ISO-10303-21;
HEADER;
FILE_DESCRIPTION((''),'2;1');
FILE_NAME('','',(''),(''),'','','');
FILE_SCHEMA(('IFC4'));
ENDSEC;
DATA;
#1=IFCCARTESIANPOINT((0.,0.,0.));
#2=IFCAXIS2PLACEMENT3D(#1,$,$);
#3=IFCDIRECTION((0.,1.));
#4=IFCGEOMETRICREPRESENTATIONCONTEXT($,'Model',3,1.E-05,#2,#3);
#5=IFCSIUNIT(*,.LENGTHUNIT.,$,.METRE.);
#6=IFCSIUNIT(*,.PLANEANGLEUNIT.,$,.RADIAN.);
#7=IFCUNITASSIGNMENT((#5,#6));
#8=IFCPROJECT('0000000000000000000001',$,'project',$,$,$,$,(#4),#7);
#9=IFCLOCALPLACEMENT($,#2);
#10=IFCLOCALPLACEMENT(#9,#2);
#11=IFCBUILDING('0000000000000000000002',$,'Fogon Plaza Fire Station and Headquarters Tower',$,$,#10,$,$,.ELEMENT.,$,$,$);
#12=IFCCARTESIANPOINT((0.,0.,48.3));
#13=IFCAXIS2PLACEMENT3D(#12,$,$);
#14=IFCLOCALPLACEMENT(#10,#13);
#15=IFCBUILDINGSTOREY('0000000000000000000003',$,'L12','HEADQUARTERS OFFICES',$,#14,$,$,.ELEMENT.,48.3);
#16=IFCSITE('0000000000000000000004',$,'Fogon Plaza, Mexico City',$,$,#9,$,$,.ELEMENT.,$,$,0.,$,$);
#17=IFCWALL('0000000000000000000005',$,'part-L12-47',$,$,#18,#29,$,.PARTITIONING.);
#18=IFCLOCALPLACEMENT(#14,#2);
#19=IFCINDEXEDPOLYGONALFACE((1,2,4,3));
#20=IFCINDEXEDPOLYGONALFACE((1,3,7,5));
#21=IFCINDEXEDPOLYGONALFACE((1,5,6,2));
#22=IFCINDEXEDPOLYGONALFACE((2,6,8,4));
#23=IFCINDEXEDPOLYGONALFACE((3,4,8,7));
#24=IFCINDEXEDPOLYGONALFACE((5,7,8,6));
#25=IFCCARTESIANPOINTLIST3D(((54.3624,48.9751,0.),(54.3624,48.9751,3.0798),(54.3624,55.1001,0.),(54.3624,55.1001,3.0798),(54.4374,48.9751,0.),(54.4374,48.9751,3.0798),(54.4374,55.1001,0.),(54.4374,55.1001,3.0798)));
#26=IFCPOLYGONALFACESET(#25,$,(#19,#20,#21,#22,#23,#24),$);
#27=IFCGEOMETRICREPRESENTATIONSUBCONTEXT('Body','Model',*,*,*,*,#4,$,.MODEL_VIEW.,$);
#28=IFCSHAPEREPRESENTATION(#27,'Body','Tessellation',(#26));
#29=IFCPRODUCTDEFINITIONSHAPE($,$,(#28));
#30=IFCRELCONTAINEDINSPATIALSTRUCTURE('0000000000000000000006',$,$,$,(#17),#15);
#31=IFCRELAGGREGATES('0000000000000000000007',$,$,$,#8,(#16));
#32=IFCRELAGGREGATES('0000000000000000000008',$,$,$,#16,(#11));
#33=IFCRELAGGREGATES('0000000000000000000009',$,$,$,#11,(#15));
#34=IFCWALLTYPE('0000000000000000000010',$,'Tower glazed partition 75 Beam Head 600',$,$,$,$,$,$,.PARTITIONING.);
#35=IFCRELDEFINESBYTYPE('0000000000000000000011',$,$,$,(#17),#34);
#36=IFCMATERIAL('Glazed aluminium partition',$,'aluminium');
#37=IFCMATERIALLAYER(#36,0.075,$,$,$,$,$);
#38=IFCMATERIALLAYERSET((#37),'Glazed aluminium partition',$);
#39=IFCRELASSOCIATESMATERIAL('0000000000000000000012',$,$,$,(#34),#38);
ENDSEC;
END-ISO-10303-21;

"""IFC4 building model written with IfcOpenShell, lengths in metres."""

from ifc_helpers import new_model, si_unit, direction, frame, frame_2d, origin, place, context, subcontext, project, spatial, rectangle, extrude, material, layer, layer_set, type_object, element, save


model = new_model("IFC4")

# Units and contexts
model_context = context("Model", 3, precision=1e-05, world=origin(), true_north=direction((0.0, 1.0)))
body_context = subcontext(model_context, "Body", "Model", "MODEL_VIEW")
ifc_project = project(units=[si_unit("LENGTHUNIT", "METRE"), si_unit("PLANEANGLEUNIT", "RADIAN")], contexts=[model_context])

# Site, building, storey
site_placement = place(None, origin())
site = spatial("IfcSite", under=ifc_project, at=site_placement, Name="Fogon Plaza, Mexico City", CompositionType="ELEMENT", RefElevation=0.0)
building_placement = place(site_placement, origin())
building = spatial("IfcBuilding", under=site, at=building_placement, Name="Fogon Plaza Fire Station and Headquarters Tower", CompositionType="ELEMENT")
storey_placement = place(building_placement, frame((0.0, 0.0, 48.3)))
storey = spatial("IfcBuildingStorey", under=building, at=storey_placement, Name="L12", Description="HEADQUARTERS OFFICES", CompositionType="ELEMENT", Elevation=48.3)

# Wall
ifc_material_1 = material(Name="Glazed aluminium partition", Category="aluminium")
ifc_layer_1 = layer(ifc_material_1, 0.075)
ifc_layer_set_1 = layer_set([ifc_layer_1], Name="Glazed aluminium partition")
wall_type_1 = type_object("IfcWallType", Name="Tower glazed partition 75 Beam Head 600", PredefinedType="PARTITIONING", material=ifc_layer_set_1)
wall_1_placement = place(storey_placement, frame((54.3999, 48.9751, 0.0), z_axis=(0.0, 0.0, 1.0), x_axis=(0.0, 1.0, 0.0)))
element("IfcWall", 1, at=wall_1_placement, inside=storey, type_object=wall_type_1, Name="part-L12-47", PredefinedType="PARTITIONING", context=body_context, shape_type="SweptSolid", body=[
    extrude(rectangle(XDim=6.125, YDim=0.075, at=frame_2d((3.0625, 0.0))), origin(), (0.0, 0.0, 1.0), 3.0798),
])

save(model, "model.ifc")
